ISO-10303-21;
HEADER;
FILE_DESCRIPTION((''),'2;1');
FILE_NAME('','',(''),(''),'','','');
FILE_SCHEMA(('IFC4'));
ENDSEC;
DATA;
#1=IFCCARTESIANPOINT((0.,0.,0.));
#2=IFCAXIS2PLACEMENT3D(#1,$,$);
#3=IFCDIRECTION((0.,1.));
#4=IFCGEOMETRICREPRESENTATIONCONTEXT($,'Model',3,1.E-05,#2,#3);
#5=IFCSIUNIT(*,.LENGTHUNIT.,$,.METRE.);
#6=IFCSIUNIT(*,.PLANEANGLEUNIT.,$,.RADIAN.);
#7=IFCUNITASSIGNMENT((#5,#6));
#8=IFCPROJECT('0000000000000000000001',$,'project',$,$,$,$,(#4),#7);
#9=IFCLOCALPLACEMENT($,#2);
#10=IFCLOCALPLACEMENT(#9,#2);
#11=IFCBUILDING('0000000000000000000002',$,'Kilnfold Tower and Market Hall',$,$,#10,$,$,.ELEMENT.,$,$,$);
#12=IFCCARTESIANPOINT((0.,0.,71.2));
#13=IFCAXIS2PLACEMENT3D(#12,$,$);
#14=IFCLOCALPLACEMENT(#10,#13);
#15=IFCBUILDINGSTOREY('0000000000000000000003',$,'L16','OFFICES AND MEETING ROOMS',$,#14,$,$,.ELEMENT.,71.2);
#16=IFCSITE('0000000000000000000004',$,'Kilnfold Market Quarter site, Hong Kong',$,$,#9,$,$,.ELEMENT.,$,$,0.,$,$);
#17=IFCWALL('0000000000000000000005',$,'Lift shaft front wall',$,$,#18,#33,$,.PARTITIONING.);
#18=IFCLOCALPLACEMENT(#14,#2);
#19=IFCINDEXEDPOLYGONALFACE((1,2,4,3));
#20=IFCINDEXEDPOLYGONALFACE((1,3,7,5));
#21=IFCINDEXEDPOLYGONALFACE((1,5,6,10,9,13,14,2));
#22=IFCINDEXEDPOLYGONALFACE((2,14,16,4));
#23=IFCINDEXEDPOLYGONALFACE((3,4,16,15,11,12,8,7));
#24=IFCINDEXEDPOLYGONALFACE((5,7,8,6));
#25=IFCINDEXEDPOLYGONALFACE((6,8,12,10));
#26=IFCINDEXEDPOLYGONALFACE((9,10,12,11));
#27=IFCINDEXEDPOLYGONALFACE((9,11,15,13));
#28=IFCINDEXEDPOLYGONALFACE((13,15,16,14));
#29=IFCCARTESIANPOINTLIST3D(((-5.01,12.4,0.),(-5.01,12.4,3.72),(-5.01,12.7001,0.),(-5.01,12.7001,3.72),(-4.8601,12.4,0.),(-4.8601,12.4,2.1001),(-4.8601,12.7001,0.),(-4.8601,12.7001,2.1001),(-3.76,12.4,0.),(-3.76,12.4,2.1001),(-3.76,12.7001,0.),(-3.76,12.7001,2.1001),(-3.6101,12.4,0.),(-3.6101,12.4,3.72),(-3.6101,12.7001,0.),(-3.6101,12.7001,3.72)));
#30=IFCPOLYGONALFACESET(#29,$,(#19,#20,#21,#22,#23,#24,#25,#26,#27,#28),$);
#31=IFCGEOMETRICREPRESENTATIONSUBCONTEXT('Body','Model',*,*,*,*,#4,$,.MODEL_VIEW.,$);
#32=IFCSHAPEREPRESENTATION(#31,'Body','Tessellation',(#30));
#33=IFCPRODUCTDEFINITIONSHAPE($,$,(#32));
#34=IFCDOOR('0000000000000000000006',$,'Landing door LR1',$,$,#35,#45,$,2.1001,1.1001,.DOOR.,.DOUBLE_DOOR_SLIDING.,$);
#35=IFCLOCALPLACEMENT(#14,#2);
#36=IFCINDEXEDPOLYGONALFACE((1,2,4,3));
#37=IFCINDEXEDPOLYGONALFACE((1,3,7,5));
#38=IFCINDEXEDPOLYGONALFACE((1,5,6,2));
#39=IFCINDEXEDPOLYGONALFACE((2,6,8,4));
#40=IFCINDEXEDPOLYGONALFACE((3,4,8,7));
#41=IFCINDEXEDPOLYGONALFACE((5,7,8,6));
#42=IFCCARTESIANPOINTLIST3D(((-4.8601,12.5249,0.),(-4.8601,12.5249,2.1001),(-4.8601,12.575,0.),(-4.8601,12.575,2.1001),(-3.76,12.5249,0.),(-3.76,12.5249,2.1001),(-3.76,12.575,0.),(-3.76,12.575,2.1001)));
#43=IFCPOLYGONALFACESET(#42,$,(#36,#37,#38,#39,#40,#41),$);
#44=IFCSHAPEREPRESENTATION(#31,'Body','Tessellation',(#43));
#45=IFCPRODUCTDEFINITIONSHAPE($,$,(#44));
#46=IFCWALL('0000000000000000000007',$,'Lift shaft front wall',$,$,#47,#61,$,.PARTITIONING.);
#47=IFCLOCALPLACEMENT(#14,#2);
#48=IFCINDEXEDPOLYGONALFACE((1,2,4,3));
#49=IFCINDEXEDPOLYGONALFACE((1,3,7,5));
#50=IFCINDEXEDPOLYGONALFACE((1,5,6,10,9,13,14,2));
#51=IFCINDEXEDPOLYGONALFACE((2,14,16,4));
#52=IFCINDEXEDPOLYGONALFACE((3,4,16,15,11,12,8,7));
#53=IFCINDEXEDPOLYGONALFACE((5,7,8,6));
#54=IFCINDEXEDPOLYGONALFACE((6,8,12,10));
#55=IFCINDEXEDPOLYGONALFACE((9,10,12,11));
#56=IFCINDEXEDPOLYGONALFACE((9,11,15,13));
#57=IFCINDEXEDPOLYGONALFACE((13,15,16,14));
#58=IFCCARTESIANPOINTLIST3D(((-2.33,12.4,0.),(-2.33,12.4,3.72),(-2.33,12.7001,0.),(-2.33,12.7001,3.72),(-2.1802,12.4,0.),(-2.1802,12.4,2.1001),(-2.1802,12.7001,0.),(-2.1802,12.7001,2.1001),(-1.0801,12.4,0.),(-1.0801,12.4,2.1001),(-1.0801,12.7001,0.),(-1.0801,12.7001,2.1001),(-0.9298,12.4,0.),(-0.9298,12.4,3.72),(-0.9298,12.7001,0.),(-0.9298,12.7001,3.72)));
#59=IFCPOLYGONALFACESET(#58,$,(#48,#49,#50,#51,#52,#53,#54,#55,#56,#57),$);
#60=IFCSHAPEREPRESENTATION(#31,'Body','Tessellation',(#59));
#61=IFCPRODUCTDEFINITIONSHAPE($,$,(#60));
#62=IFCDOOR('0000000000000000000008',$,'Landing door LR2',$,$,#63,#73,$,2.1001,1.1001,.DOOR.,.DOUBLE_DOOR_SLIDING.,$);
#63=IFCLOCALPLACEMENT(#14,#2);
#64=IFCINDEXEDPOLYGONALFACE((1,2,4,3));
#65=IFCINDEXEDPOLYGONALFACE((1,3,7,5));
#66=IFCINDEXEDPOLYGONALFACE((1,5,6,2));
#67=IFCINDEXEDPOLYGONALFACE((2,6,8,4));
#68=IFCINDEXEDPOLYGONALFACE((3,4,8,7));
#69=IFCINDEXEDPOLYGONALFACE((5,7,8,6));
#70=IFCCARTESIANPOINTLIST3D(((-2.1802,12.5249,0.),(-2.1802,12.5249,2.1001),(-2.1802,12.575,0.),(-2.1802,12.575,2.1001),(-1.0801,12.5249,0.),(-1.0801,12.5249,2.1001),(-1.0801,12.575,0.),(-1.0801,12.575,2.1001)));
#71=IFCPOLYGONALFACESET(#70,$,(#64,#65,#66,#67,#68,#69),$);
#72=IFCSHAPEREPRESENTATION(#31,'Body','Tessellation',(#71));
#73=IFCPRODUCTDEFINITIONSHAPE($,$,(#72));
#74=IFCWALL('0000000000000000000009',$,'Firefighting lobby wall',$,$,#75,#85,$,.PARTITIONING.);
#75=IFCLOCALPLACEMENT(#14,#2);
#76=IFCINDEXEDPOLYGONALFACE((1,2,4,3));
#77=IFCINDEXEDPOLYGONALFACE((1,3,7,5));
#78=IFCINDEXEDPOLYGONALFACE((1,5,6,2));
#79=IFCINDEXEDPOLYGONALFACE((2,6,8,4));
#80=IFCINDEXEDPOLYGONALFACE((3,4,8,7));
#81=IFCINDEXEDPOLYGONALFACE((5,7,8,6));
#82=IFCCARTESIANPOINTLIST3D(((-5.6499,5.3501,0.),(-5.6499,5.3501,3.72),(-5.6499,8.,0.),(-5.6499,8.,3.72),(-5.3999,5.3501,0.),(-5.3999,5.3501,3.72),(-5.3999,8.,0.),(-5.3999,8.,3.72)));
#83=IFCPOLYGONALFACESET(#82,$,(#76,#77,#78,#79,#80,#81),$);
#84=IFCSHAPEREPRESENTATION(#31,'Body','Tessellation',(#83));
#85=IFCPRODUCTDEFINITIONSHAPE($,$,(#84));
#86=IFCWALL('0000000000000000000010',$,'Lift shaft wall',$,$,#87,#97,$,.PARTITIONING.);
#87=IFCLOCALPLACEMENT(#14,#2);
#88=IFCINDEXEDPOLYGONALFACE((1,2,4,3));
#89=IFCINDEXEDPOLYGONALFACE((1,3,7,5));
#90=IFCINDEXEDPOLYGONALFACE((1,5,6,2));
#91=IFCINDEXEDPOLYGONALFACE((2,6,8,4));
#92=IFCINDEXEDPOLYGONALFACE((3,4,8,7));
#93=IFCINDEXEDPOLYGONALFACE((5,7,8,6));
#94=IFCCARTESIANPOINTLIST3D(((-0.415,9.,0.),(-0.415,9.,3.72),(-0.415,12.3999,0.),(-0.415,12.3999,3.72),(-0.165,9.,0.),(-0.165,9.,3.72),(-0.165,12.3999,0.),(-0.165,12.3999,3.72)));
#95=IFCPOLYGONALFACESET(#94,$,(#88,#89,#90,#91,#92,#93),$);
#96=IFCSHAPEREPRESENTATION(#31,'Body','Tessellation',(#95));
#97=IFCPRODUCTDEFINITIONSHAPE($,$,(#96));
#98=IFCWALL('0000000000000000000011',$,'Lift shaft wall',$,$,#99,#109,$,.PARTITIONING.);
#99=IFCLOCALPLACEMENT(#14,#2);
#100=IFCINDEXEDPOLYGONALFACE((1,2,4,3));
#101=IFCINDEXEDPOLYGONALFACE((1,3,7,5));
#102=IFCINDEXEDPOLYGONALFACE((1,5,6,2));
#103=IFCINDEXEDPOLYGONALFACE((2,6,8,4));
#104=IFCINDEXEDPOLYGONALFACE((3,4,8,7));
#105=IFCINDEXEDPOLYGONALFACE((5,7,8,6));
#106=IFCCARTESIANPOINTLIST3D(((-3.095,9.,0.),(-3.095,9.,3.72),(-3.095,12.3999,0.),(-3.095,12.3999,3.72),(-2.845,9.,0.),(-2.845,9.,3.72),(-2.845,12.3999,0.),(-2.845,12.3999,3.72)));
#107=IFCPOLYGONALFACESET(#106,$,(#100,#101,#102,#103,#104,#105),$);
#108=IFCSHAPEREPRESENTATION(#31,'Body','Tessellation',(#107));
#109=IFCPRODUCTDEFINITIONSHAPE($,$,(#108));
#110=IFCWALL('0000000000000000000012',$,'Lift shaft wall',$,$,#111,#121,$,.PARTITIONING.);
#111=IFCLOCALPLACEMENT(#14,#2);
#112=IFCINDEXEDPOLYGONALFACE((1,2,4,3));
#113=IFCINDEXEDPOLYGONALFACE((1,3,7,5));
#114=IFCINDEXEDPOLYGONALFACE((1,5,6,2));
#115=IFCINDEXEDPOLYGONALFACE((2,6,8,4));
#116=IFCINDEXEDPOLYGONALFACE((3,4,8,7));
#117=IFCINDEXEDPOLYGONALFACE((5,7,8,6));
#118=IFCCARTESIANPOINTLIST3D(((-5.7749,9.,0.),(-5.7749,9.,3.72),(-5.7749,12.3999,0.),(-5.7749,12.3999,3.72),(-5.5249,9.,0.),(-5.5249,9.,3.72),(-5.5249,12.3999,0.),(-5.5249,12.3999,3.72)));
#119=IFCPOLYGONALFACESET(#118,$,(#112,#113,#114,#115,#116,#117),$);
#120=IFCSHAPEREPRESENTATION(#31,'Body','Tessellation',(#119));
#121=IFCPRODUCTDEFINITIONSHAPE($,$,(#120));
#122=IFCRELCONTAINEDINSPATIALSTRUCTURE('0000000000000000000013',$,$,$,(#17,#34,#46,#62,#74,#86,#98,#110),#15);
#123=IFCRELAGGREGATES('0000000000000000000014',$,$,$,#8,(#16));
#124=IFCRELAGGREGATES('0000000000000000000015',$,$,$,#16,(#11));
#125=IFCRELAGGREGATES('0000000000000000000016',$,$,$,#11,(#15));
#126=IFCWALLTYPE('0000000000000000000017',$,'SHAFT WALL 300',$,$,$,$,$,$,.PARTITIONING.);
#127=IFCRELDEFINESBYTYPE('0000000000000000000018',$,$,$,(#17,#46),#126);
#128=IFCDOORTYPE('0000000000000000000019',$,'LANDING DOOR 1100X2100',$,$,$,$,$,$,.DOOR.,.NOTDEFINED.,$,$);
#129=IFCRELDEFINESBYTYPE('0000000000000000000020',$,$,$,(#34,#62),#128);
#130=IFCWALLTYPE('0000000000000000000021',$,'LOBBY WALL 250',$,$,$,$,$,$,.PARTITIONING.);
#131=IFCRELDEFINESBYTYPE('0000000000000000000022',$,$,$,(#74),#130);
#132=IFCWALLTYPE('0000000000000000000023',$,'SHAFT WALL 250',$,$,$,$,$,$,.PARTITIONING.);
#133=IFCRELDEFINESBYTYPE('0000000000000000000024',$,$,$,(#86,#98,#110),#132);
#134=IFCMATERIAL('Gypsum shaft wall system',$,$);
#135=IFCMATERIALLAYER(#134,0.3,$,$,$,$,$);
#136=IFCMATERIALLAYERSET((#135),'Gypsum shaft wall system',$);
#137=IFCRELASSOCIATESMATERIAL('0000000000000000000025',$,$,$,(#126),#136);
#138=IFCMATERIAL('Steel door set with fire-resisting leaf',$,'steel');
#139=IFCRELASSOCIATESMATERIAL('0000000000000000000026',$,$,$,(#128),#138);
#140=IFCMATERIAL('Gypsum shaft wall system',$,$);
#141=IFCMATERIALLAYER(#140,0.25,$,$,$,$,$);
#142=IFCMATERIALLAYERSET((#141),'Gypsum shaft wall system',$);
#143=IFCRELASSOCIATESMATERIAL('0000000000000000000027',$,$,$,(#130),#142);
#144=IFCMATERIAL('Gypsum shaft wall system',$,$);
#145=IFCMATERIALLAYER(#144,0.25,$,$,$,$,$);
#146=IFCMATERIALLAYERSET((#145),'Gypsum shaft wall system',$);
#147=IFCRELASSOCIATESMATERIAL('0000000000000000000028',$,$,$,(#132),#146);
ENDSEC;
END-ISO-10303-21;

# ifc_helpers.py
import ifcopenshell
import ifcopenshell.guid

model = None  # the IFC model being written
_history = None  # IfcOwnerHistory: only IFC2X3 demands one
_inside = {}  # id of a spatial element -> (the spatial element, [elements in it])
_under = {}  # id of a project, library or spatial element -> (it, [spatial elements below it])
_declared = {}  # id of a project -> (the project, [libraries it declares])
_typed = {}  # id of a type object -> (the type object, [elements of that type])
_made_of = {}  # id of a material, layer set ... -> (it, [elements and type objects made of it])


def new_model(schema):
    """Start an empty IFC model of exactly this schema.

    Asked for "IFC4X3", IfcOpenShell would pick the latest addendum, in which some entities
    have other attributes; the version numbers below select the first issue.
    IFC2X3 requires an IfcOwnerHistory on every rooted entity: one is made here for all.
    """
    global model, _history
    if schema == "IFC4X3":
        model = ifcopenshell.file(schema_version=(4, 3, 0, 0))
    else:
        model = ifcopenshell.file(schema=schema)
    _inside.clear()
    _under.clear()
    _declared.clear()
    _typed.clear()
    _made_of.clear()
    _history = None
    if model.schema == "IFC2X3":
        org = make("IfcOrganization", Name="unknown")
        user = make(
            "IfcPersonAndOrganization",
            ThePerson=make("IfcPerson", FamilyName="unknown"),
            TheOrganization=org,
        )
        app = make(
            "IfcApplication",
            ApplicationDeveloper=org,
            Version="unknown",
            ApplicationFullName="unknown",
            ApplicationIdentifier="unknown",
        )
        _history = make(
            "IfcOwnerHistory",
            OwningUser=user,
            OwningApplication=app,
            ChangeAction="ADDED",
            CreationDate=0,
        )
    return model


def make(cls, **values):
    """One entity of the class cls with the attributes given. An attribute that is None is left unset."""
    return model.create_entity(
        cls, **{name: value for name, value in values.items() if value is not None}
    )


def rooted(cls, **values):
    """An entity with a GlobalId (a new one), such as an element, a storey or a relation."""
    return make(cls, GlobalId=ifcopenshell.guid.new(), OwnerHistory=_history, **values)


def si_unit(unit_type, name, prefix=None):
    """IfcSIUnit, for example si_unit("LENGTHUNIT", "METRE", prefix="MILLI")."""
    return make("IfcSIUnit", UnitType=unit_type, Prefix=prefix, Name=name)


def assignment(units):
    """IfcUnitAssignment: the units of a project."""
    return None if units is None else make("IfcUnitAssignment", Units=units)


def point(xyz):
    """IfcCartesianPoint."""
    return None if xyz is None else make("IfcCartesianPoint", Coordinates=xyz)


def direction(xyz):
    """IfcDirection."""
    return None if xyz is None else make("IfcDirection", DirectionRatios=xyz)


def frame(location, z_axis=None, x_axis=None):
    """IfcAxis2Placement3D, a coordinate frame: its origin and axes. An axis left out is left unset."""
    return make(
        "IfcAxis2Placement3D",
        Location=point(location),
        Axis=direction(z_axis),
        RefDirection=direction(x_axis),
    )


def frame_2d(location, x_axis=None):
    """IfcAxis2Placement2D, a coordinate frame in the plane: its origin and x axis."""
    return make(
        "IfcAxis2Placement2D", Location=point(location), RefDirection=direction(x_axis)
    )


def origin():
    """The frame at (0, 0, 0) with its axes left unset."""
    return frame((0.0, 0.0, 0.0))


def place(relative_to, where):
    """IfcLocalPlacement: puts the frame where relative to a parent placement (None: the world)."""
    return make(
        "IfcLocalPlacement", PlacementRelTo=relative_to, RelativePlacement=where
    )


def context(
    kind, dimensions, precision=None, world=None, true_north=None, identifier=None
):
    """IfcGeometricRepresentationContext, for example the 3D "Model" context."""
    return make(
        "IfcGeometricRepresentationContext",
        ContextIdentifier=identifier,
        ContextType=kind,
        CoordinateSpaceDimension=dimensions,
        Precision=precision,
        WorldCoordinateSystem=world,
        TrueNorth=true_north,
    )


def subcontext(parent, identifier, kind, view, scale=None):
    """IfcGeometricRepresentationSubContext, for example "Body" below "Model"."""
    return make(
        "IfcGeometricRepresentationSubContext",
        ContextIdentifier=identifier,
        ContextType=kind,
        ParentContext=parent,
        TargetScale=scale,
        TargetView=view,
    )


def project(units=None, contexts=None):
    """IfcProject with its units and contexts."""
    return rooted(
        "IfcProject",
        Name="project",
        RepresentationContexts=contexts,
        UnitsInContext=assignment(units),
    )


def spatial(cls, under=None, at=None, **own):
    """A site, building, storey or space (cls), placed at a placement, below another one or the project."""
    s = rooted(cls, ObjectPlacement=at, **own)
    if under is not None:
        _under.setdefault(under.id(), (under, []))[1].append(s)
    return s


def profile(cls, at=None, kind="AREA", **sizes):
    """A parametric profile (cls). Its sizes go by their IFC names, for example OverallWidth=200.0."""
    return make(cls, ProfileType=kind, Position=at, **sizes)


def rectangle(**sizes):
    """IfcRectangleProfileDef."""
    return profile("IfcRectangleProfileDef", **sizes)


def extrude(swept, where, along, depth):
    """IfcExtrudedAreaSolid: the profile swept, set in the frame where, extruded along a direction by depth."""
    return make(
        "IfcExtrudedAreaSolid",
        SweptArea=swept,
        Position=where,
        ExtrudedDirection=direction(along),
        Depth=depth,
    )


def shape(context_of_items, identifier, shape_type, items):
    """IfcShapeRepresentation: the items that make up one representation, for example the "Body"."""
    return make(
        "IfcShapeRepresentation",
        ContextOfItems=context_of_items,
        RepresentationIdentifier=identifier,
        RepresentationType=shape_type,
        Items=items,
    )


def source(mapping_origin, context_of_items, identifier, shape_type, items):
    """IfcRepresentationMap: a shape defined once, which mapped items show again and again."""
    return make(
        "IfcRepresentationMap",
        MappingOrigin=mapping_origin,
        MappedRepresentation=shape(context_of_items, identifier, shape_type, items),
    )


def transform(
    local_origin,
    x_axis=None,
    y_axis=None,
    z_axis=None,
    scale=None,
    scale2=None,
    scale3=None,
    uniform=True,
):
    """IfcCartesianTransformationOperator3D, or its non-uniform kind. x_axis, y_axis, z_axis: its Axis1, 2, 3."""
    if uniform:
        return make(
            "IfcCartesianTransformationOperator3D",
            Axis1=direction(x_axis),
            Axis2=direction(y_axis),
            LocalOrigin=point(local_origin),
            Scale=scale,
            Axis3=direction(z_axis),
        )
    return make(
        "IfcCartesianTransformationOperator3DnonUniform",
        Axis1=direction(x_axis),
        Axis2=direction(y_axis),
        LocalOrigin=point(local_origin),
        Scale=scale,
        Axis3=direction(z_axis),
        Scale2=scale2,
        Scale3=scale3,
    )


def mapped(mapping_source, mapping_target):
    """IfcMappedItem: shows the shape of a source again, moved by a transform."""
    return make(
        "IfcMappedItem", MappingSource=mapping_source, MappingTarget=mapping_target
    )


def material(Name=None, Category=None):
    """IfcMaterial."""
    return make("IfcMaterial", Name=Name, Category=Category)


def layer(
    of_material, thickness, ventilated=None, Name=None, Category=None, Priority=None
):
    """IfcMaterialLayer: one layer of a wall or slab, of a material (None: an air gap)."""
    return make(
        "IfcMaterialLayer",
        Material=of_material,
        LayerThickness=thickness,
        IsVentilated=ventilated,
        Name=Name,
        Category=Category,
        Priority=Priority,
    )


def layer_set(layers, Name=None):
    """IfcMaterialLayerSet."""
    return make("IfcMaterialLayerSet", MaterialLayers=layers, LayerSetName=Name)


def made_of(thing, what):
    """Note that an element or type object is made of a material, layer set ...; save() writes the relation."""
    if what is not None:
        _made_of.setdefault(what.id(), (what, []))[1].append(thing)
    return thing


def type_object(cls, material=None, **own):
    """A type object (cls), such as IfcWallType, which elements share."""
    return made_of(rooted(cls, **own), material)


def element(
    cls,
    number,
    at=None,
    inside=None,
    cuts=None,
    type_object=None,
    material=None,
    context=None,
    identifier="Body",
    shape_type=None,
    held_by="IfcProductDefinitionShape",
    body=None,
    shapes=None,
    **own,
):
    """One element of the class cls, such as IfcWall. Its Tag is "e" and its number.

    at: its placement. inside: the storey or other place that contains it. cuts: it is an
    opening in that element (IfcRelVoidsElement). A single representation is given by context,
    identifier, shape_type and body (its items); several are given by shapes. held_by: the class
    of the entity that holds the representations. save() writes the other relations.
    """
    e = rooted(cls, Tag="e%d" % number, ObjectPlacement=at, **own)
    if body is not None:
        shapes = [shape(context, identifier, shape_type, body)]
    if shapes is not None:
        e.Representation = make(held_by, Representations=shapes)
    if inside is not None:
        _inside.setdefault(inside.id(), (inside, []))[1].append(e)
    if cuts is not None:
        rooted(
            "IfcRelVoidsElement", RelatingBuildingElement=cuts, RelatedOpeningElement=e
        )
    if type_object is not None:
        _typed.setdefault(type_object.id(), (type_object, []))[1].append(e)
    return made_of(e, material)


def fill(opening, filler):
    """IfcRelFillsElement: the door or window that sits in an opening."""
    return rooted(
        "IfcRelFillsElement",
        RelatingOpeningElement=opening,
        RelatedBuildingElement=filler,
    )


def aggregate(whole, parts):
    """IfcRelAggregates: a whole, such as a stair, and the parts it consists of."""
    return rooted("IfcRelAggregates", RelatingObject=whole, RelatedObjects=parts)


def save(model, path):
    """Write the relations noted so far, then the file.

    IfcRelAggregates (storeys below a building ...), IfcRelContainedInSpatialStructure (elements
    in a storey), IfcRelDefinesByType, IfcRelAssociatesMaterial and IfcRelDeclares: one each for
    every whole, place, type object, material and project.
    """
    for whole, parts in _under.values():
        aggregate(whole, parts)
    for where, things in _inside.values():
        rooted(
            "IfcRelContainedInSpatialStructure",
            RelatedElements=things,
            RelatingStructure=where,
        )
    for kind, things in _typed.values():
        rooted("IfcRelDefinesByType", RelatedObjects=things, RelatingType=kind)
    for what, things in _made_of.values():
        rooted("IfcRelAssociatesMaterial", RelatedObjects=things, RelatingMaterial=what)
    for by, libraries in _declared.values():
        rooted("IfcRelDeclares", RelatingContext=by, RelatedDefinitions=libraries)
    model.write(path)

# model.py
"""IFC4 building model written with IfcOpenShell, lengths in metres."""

from ifc_helpers import new_model, si_unit, direction, frame, frame_2d, origin, place, context, subcontext, project, spatial, rectangle, extrude, source, transform, mapped, material, layer, layer_set, type_object, element, fill, save


model = new_model("IFC4")

# Units and contexts
model_context = context("Model", 3, precision=1e-05, world=origin(), true_north=direction((0.0, 1.0)))
body_context = subcontext(model_context, "Body", "Model", "MODEL_VIEW")
ifc_project = project(units=[si_unit("LENGTHUNIT", "METRE"), si_unit("PLANEANGLEUNIT", "RADIAN")], contexts=[model_context])

# Site, building, storey
site_placement = place(None, origin())
site = spatial("IfcSite", under=ifc_project, at=site_placement, Name="Kilnfold Market Quarter site, Hong Kong", CompositionType="ELEMENT", RefElevation=0.0)
building_placement = place(site_placement, origin())
building = spatial("IfcBuilding", under=site, at=building_placement, Name="Kilnfold Tower and Market Hall", CompositionType="ELEMENT")
storey_placement = place(building_placement, frame((0.0, 0.0, 71.2)))
storey = spatial("IfcBuildingStorey", under=building, at=storey_placement, Name="L16", Description="OFFICES AND MEETING ROOMS", CompositionType="ELEMENT", Elevation=71.2)

# Walls, openings, doors
ifc_material_1 = material(Name="Gypsum shaft wall system")
ifc_layer_1 = layer(ifc_material_1, 0.3)
ifc_layer_set_1 = layer_set([ifc_layer_1], Name="Gypsum shaft wall system")
wall_type_1 = type_object("IfcWallType", Name="SHAFT WALL 300", PredefinedType="PARTITIONING", material=ifc_layer_set_1)
shared_shape_1 = source(origin(), body_context, "Body", "SweptSolid", [
    extrude(rectangle(XDim=1.3999, YDim=0.3, at=frame_2d((0.7, 0.0))), origin(), (0.0, 0.0, 1.0), 3.72),
])
wall_1_placement = place(storey_placement, frame((-5.01, 12.55, 0.0), z_axis=(0.0, 0.0, 1.0), x_axis=(1.0, 0.0, 0.0)))
wall_1 = element("IfcWall", 1, at=wall_1_placement, inside=storey, type_object=wall_type_1, Name="Lift shaft front wall", PredefinedType="PARTITIONING", context=body_context, shape_type="MappedRepresentation", body=[
    mapped(shared_shape_1, transform((0.0, 0.0, 0.0))),
])
opening_1_placement = place(wall_1_placement, frame((0.1499, 0.0, 0.0)))
opening_1 = element("IfcOpeningElement", 2, at=opening_1_placement, cuts=wall_1, PredefinedType="OPENING", context=body_context, shape_type="SweptSolid", body=[
    extrude(rectangle(XDim=1.1001, YDim=2.1001, at=frame_2d((0.55, 1.05))), frame((0.0, 0.1602, 0.0), z_axis=(0.0, -1.0, 0.0), x_axis=(1.0, 0.0, 0.0)), (0.0, 0.0, 1.0), 0.3201),
])
ifc_material_2 = material(Name="Steel door set with fire-resisting leaf", Category="steel")
door_type_1 = type_object("IfcDoorType", Name="LANDING DOOR 1100X2100", OperationType="NOTDEFINED", PredefinedType="DOOR", material=ifc_material_2)
door_1_placement = place(opening_1_placement, origin())
door_1 = element("IfcDoor", 3, at=door_1_placement, inside=storey, type_object=door_type_1, Name="Landing door LR1", OperationType="DOUBLE_DOOR_SLIDING", OverallHeight=2.1001, OverallWidth=1.1001, PredefinedType="DOOR", context=body_context, shape_type="SweptSolid", body=[
    extrude(rectangle(XDim=1.1001, YDim=2.1001, at=frame_2d((0.55, 1.05))), frame((0.0, 0.0249, 0.0), z_axis=(0.0, -1.0, 0.0), x_axis=(1.0, 0.0, 0.0)), (0.0, 0.0, 1.0), 0.05),
])
fill(opening_1, door_1)
shared_shape_2 = source(origin(), body_context, "Body", "SweptSolid", [
    extrude(rectangle(XDim=1.4001, YDim=0.3, at=frame_2d((0.7002, 0.0))), origin(), (0.0, 0.0, 1.0), 3.72),
])
wall_2_placement = place(storey_placement, frame((-2.3301, 12.55, 0.0), z_axis=(0.0, 0.0, 1.0), x_axis=(1.0, 0.0, 0.0)))
wall_2 = element("IfcWall", 4, at=wall_2_placement, inside=storey, type_object=wall_type_1, Name="Lift shaft front wall", PredefinedType="PARTITIONING", context=body_context, shape_type="MappedRepresentation", body=[
    mapped(shared_shape_2, transform((0.0, 0.0, 0.0))),
])
opening_2_placement = place(wall_2_placement, frame((0.1499, 0.0, 0.0)))
opening_2 = element("IfcOpeningElement", 5, at=opening_2_placement, cuts=wall_2, PredefinedType="OPENING", context=body_context, shape_type="SweptSolid", body=[
    extrude(rectangle(XDim=1.1001, YDim=2.1001, at=frame_2d((0.55, 1.05))), frame((0.0, 0.1602, 0.0), z_axis=(0.0, -1.0, 0.0), x_axis=(1.0, 0.0, 0.0)), (0.0, 0.0, 1.0), 0.3201),
])
door_2_placement = place(opening_2_placement, origin())
door_2 = element("IfcDoor", 6, at=door_2_placement, inside=storey, type_object=door_type_1, Name="Landing door LR2", OperationType="DOUBLE_DOOR_SLIDING", OverallHeight=2.1001, OverallWidth=1.1001, PredefinedType="DOOR", context=body_context, shape_type="SweptSolid", body=[
    extrude(rectangle(XDim=1.1001, YDim=2.1001, at=frame_2d((0.55, 1.05))), frame((0.0, 0.0249, 0.0), z_axis=(0.0, -1.0, 0.0), x_axis=(1.0, 0.0, 0.0)), (0.0, 0.0, 1.0), 0.05),
])
fill(opening_2, door_2)

# Walls
ifc_material_3 = material(Name="Gypsum shaft wall system")
ifc_layer_2 = layer(ifc_material_3, 0.25)
ifc_layer_set_2 = layer_set([ifc_layer_2], Name="Gypsum shaft wall system")
wall_type_2 = type_object("IfcWallType", Name="LOBBY WALL 250", PredefinedType="PARTITIONING", material=ifc_layer_set_2)
shared_shape_3 = source(origin(), body_context, "Body", "SweptSolid", [
    extrude(rectangle(XDim=2.6499, YDim=0.25, at=frame_2d((1.325, 0.0))), origin(), (0.0, 0.0, 1.0), 3.72),
])
wall_3_placement = place(storey_placement, frame((-5.5249, 5.3501, 0.0), z_axis=(0.0, 0.0, 1.0), x_axis=(0.0, 1.0, 0.0)))
element("IfcWall", 7, at=wall_3_placement, inside=storey, type_object=wall_type_2, Name="Firefighting lobby wall", PredefinedType="PARTITIONING", context=body_context, shape_type="MappedRepresentation", body=[
    mapped(shared_shape_3, transform((0.0, 0.0, 0.0))),
])
ifc_material_4 = material(Name="Gypsum shaft wall system")
ifc_layer_3 = layer(ifc_material_4, 0.25)
ifc_layer_set_3 = layer_set([ifc_layer_3], Name="Gypsum shaft wall system")
wall_type_3 = type_object("IfcWallType", Name="SHAFT WALL 250", PredefinedType="PARTITIONING", material=ifc_layer_set_3)
shared_shape_4 = source(origin(), body_context, "Body", "SweptSolid", [
    extrude(rectangle(XDim=3.3999, YDim=0.25, at=frame_2d((1.7, 0.0))), origin(), (0.0, 0.0, 1.0), 3.72),
])
for number, where, z_axis, x_axis, name in (
    (8, (-0.29, 9.0, 0.0), (0.0, 0.0, 1.0), (0.0, 1.0, 0.0), "Lift shaft wall"),
    (9, (-2.97, 9.0, 0.0), (0.0, 0.0, 1.0), (0.0, 1.0, 0.0), "Lift shaft wall"),
    (10, (-5.6499, 9.0, 0.0), (0.0, 0.0, 1.0), (0.0, 1.0, 0.0), "Lift shaft wall"),
):
    element("IfcWall", number, at=place(storey_placement, frame(where, z_axis=z_axis, x_axis=x_axis)), inside=storey, type_object=wall_type_3, Name=name, PredefinedType="PARTITIONING", context=body_context, shape_type="MappedRepresentation", body=[
        mapped(shared_shape_4, transform((0.0, 0.0, 0.0))),
    ])

save(model, "model.ifc")
